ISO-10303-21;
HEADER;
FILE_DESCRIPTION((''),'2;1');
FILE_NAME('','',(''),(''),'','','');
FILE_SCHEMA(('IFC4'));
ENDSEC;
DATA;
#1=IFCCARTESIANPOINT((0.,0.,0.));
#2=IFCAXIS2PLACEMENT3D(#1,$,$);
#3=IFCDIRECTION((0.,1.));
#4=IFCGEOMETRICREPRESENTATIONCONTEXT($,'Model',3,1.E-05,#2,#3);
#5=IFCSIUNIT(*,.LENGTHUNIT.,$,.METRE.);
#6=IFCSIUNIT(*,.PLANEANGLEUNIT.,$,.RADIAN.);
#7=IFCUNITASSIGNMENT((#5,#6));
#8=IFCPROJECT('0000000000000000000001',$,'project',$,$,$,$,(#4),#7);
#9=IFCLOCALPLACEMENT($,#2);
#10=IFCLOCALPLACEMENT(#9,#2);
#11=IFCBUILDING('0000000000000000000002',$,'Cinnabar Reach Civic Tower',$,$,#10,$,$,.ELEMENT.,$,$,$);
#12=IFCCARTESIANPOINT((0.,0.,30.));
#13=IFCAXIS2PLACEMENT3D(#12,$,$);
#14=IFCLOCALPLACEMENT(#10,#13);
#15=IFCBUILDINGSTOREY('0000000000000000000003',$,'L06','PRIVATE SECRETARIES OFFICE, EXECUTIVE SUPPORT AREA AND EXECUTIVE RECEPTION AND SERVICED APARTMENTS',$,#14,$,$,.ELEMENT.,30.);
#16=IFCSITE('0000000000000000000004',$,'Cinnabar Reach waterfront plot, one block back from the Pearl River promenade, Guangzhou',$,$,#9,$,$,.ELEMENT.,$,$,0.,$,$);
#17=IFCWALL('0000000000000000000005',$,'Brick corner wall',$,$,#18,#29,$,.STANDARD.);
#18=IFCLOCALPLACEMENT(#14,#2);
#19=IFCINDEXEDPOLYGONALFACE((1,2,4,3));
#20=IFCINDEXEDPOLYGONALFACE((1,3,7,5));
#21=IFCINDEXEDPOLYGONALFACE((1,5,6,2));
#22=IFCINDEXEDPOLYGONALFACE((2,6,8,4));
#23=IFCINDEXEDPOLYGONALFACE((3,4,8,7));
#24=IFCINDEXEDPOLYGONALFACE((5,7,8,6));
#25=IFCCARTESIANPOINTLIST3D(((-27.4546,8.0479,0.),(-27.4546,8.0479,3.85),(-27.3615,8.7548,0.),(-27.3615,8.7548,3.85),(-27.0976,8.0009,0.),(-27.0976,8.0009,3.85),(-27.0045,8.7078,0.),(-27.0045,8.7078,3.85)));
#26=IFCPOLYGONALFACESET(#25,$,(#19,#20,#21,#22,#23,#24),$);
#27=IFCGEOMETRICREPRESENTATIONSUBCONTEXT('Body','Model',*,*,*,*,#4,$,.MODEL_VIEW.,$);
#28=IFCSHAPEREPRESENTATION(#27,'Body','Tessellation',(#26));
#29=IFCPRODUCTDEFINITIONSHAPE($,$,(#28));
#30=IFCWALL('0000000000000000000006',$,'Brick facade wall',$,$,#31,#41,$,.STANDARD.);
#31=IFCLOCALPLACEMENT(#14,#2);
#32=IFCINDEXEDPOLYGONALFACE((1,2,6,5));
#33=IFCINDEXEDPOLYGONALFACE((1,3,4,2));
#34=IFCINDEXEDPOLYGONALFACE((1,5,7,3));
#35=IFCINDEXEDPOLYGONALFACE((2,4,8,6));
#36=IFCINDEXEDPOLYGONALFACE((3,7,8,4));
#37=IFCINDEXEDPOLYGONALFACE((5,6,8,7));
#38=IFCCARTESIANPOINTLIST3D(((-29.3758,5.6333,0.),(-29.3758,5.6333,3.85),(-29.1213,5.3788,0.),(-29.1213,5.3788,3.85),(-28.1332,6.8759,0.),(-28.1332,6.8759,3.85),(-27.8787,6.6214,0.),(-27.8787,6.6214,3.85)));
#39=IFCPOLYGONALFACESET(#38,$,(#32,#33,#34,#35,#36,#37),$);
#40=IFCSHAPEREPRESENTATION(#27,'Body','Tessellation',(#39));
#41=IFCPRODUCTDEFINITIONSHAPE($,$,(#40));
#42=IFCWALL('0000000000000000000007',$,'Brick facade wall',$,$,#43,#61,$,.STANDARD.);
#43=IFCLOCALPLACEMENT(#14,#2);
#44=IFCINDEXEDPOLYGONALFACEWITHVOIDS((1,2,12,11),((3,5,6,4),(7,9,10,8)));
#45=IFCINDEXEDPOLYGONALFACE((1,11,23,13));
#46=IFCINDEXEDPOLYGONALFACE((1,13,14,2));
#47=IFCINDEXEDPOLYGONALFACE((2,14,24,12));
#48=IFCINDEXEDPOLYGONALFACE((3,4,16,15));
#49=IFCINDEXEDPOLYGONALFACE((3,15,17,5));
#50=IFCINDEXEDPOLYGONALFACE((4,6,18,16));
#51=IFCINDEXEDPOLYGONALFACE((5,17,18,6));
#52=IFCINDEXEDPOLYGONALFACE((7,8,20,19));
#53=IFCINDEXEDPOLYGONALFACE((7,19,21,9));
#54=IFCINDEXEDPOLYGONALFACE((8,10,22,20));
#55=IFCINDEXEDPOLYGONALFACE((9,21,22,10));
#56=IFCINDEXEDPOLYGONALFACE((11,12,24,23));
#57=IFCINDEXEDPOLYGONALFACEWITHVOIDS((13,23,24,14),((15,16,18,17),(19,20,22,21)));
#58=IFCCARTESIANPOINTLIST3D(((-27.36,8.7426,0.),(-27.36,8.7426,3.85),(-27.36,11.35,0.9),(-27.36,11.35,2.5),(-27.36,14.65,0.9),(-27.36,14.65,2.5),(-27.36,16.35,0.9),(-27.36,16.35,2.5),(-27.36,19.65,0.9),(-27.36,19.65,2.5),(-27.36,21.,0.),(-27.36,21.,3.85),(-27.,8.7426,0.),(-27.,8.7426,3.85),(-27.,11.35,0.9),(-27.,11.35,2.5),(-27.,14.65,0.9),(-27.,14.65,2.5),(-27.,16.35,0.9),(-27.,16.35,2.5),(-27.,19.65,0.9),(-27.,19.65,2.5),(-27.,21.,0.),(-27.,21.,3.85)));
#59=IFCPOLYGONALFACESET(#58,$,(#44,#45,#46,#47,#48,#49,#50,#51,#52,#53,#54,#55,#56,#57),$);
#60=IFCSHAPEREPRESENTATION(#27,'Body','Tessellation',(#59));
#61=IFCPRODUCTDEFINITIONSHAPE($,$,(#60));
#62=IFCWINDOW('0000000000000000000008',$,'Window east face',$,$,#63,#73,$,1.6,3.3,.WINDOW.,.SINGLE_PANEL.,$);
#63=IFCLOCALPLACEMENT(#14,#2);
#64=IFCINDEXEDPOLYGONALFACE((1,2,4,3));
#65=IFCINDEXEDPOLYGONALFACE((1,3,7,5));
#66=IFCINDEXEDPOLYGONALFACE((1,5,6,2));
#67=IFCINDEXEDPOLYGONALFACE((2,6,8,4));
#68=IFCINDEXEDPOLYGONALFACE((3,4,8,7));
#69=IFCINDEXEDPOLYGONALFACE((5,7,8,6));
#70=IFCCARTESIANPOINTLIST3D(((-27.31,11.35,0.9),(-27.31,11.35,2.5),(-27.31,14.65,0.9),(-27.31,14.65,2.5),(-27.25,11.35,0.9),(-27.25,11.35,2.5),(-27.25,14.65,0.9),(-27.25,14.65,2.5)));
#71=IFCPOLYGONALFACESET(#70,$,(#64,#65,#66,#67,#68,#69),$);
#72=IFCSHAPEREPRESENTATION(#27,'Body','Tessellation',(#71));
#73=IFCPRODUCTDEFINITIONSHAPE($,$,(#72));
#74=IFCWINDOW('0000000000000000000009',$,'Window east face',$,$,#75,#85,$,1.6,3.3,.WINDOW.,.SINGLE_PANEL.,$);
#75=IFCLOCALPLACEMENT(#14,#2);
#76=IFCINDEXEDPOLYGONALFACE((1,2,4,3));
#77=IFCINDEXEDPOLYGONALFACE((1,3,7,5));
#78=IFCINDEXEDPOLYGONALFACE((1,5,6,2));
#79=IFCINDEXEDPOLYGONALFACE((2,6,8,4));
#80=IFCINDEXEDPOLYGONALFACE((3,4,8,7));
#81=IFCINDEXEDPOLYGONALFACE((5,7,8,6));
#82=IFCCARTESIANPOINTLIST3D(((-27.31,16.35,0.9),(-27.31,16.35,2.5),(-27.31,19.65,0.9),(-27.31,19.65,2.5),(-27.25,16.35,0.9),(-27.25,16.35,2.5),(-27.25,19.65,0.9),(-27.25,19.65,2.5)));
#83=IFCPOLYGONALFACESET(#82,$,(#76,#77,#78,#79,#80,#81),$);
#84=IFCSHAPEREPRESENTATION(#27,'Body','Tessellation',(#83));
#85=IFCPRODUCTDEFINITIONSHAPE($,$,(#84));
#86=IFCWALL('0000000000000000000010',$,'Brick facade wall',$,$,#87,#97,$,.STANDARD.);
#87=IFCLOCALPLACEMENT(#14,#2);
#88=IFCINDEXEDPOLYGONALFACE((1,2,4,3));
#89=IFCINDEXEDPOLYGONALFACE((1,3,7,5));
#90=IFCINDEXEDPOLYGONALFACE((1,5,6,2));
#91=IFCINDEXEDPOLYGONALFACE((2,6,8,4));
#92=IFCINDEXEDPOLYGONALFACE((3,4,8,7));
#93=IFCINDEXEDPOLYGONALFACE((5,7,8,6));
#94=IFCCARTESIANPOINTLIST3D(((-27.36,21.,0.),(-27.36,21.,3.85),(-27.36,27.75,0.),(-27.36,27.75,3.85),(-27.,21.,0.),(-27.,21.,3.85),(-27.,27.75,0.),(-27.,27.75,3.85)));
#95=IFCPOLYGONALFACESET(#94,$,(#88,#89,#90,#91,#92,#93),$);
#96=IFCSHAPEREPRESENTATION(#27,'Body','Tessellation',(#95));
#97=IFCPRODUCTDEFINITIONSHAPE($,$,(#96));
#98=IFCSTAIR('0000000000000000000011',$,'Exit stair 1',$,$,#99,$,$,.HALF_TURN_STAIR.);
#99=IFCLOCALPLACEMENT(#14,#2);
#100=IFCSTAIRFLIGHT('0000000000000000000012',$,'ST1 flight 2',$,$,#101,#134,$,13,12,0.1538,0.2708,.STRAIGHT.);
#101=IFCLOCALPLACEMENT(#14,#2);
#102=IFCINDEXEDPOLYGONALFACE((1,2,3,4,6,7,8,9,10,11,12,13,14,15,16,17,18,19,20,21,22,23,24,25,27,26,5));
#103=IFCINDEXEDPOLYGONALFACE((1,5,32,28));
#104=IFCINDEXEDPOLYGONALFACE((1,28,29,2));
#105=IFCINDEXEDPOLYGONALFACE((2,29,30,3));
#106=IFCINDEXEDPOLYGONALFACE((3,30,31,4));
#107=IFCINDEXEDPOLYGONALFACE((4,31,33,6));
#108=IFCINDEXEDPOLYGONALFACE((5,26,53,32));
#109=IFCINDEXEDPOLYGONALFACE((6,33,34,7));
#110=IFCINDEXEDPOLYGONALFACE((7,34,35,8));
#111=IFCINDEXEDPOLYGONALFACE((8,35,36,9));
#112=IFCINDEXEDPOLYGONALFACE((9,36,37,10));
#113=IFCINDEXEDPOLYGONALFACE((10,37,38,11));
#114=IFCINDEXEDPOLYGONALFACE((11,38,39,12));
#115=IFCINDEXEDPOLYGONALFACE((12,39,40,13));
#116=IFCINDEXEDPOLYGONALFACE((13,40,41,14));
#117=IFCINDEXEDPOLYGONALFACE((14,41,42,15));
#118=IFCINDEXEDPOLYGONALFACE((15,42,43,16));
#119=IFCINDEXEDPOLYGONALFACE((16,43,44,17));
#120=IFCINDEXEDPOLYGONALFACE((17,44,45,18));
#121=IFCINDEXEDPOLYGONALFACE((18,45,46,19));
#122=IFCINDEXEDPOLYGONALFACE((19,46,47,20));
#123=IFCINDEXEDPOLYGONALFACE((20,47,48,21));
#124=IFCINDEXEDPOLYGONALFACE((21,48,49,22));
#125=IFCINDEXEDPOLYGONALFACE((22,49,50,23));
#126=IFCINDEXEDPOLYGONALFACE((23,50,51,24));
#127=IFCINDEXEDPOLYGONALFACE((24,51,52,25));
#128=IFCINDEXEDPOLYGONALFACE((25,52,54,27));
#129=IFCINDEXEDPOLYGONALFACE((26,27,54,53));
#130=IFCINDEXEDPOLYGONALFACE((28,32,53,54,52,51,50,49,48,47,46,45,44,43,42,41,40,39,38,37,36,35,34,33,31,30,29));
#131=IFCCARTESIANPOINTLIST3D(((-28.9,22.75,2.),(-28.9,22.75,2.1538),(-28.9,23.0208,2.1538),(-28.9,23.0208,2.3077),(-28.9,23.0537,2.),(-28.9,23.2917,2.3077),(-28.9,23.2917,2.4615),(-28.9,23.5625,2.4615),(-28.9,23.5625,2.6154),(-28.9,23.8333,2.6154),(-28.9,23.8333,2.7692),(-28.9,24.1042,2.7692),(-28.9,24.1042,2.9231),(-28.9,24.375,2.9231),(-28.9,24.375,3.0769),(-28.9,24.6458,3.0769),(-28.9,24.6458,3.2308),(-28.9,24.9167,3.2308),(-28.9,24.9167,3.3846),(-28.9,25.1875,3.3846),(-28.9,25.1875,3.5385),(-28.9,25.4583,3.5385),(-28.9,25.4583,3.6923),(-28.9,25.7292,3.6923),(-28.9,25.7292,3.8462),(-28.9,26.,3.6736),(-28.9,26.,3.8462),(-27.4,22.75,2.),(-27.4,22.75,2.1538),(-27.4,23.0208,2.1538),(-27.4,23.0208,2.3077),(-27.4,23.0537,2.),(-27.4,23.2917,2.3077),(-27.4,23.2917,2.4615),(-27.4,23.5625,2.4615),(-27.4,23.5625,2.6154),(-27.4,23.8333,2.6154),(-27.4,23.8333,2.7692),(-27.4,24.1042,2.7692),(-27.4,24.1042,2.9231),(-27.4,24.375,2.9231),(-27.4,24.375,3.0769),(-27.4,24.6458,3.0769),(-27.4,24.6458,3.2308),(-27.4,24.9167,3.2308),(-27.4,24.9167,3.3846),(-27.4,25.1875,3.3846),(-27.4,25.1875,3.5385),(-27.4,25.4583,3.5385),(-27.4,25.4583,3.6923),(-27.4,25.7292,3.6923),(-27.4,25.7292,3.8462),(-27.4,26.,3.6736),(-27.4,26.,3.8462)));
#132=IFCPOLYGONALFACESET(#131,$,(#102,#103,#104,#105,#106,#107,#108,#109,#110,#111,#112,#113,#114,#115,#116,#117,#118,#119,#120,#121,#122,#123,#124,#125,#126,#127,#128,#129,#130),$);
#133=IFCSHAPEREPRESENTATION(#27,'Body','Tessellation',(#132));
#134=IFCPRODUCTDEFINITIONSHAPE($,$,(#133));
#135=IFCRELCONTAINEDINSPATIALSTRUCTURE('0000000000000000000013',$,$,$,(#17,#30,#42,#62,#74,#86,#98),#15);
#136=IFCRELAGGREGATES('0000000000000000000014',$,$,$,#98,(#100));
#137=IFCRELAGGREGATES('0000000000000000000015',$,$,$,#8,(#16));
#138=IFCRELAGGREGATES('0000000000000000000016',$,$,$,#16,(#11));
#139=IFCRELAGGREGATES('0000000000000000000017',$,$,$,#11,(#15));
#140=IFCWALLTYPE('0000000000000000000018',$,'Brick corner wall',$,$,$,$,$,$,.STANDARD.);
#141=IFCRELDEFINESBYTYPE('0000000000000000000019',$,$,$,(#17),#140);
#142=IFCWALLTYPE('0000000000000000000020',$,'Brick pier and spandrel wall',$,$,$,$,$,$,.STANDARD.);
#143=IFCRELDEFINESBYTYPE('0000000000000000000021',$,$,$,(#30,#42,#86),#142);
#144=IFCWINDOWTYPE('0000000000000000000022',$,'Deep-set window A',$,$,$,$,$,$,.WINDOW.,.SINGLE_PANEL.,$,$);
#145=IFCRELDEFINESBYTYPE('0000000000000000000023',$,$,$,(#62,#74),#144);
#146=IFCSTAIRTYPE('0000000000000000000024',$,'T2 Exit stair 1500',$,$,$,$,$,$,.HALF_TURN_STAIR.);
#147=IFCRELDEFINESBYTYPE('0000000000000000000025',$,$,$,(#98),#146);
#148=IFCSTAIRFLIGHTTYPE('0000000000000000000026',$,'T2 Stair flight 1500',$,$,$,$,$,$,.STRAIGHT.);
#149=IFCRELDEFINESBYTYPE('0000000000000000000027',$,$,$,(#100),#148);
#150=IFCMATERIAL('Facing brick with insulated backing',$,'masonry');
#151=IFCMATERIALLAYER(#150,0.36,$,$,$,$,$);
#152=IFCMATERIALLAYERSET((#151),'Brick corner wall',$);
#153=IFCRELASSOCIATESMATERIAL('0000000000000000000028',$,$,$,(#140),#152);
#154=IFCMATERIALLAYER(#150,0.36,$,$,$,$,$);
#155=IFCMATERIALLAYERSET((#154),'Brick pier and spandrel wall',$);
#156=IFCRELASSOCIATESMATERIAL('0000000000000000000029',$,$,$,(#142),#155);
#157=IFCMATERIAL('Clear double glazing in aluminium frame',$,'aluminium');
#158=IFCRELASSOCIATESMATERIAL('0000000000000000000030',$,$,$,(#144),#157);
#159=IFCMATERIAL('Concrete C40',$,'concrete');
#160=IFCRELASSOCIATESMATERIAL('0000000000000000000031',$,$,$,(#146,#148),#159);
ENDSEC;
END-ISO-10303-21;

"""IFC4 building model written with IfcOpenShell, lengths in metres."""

from ifc_helpers import new_model, si_unit, direction, frame, frame_2d, origin, place, context, subcontext, project, spatial, polyline, rectangle, outline, extrude, material, layer, layer_set, type_object, element, fill, aggregate, save


model = new_model("IFC4")

# Units and contexts
model_context = context("Model", 3, precision=1e-05, world=origin(), true_north=direction((0.0, 1.0)))
body_context = subcontext(model_context, "Body", "Model", "MODEL_VIEW")
ifc_project = project(units=[si_unit("LENGTHUNIT", "METRE"), si_unit("PLANEANGLEUNIT", "RADIAN")], contexts=[model_context])

# Site, building, storey
site_placement = place(None, origin())
site = spatial("IfcSite", under=ifc_project, at=site_placement, Name="Cinnabar Reach waterfront plot, one block back from the Pearl River promenade, Guangzhou", CompositionType="ELEMENT", RefElevation=0.0)
building_placement = place(site_placement, origin())
building = spatial("IfcBuilding", under=site, at=building_placement, Name="Cinnabar Reach Civic Tower", CompositionType="ELEMENT")
storey_placement = place(building_placement, frame((0.0, 0.0, 30.0)))
storey = spatial("IfcBuildingStorey", under=building, at=storey_placement, Name="L06", Description="PRIVATE SECRETARIES OFFICE, EXECUTIVE SUPPORT AREA AND EXECUTIVE RECEPTION AND SERVICED APARTMENTS", CompositionType="ELEMENT", Elevation=30.0)

# Shared definitions
ifc_material_1 = material(Name="Concrete C40", Category="concrete")

# Walls
ifc_material_2 = material(Name="Facing brick with insulated backing", Category="masonry")
ifc_layer_1 = layer(ifc_material_2, 0.36)
ifc_layer_set_1 = layer_set([ifc_layer_1], Name="Brick corner wall")
wall_type_1 = type_object("IfcWallType", Name="Brick corner wall", PredefinedType="STANDARD", material=ifc_layer_set_1)
for number, where, z_axis, x_axis, name in (
    (1, (-27.2761, 8.0244, 0.0), (0.0, 0.0, 1.0), (0.130556, 0.991441, 0.0), "Brick corner wall"),
):
    element("IfcWall", number, at=place(storey_placement, frame(where, z_axis=z_axis, x_axis=x_axis)), inside=storey, type_object=wall_type_1, Name=name, PredefinedType="STANDARD", context=body_context, shape_type="SweptSolid", body=[
        extrude(rectangle(XDim=0.7131, YDim=0.36, at=frame_2d((0.3565, 0.0))), origin(), (0.0, 0.0, 1.0), 3.85),
    ])
ifc_layer_2 = layer(ifc_material_2, 0.36)
ifc_layer_set_2 = layer_set([ifc_layer_2], Name="Brick pier and spandrel wall")
wall_type_2 = type_object("IfcWallType", Name="Brick pier and spandrel wall", PredefinedType="STANDARD", material=ifc_layer_set_2)
wall_1_placement = place(storey_placement, frame((-29.2486, 5.506, 0.0), z_axis=(0.0, 0.0, 1.0), x_axis=(0.707107, 0.707107, 0.0)))
element("IfcWall", 2, at=wall_1_placement, inside=storey, type_object=wall_type_2, Name="Brick facade wall", PredefinedType="STANDARD", context=body_context, shape_type="SweptSolid", body=[
    extrude(rectangle(XDim=1.7573, YDim=0.36, at=frame_2d((0.8787, 0.0))), origin(), (0.0, 0.0, 1.0), 3.85),
])

# Wall, openings, windows
wall_2_placement = place(storey_placement, frame((-27.18, 8.7426, 0.0), z_axis=(0.0, 0.0, 1.0), x_axis=(0.0, 1.0, 0.0)))
wall_2 = element("IfcWall", 3, at=wall_2_placement, inside=storey, type_object=wall_type_2, Name="Brick facade wall", PredefinedType="STANDARD", context=body_context, shape_type="SweptSolid", body=[
    extrude(rectangle(XDim=12.2574, YDim=0.36, at=frame_2d((6.1287, 0.0))), origin(), (0.0, 0.0, 1.0), 3.85),
])
opening_1_placement = place(wall_2_placement, frame((2.6074, 0.0, 0.9)))
opening_1 = element("IfcOpeningElement", 4, at=opening_1_placement, cuts=wall_2, PredefinedType="OPENING", context=body_context, shape_type="SweptSolid", body=[
    extrude(rectangle(XDim=3.3, YDim=1.6, at=frame_2d((1.65, 0.8))), frame((0.0, 0.19, 0.0), z_axis=(0.0, -1.0, 0.0), x_axis=(1.0, 0.0, 0.0)), (0.0, 0.0, 1.0), 0.38),
])
opening_2_placement = place(wall_2_placement, frame((7.6074, 0.0, 0.9)))
opening_2 = element("IfcOpeningElement", 5, at=opening_2_placement, cuts=wall_2, PredefinedType="OPENING", context=body_context, shape_type="SweptSolid", body=[
    extrude(rectangle(XDim=3.3, YDim=1.6, at=frame_2d((1.65, 0.8))), frame((0.0, 0.19, 0.0), z_axis=(0.0, -1.0, 0.0), x_axis=(1.0, 0.0, 0.0)), (0.0, 0.0, 1.0), 0.38),
])
ifc_material_3 = material(Name="Clear double glazing in aluminium frame", Category="aluminium")
window_type = type_object("IfcWindowType", Name="Deep-set window A", PartitioningType="SINGLE_PANEL", PredefinedType="WINDOW", material=ifc_material_3)
window_1_placement = place(opening_1_placement, origin())
window_1 = element("IfcWindow", 6, at=window_1_placement, inside=storey, type_object=window_type, Name="Window east face", OverallHeight=1.6, OverallWidth=3.3, PartitioningType="SINGLE_PANEL", PredefinedType="WINDOW", context=body_context, shape_type="SweptSolid", body=[
    extrude(rectangle(XDim=3.3, YDim=1.6, at=frame_2d((1.65, 0.8))), frame((0.0, 0.13, 0.0), z_axis=(0.0, -1.0, 0.0), x_axis=(1.0, 0.0, 0.0)), (0.0, 0.0, 1.0), 0.06),
])
fill(opening_1, window_1)
window_2_placement = place(opening_2_placement, origin())
window_2 = element("IfcWindow", 7, at=window_2_placement, inside=storey, type_object=window_type, Name="Window east face", OverallHeight=1.6, OverallWidth=3.3, PartitioningType="SINGLE_PANEL", PredefinedType="WINDOW", context=body_context, shape_type="SweptSolid", body=[
    extrude(rectangle(XDim=3.3, YDim=1.6, at=frame_2d((1.65, 0.8))), frame((0.0, 0.13, 0.0), z_axis=(0.0, -1.0, 0.0), x_axis=(1.0, 0.0, 0.0)), (0.0, 0.0, 1.0), 0.06),
])
fill(opening_2, window_2)

# Wall
wall_3_placement = place(storey_placement, frame((-27.18, 21.0, 0.0), z_axis=(0.0, 0.0, 1.0), x_axis=(0.0, 1.0, 0.0)))
element("IfcWall", 8, at=wall_3_placement, inside=storey, type_object=wall_type_2, Name="Brick facade wall", PredefinedType="STANDARD", context=body_context, shape_type="SweptSolid", body=[
    extrude(rectangle(XDim=6.75, YDim=0.36, at=frame_2d((3.375, 0.0))), origin(), (0.0, 0.0, 1.0), 3.85),
])

# Stair, stair flight
stair_type = type_object("IfcStairType", Name="T2 Exit stair 1500", PredefinedType="HALF_TURN_STAIR", material=ifc_material_1)
stair_placement = place(storey_placement, origin())
stair = element("IfcStair", 9, at=stair_placement, inside=storey, type_object=stair_type, Name="Exit stair 1", PredefinedType="HALF_TURN_STAIR")
stair_flight_type = type_object("IfcStairFlightType", Name="T2 Stair flight 1500", PredefinedType="STRAIGHT", material=ifc_material_1)
stair_flight_placement = place(storey_placement, frame((-28.15, 22.75, 2.0), z_axis=(0.0, 0.0, 1.0), x_axis=(0.0, 1.0, 0.0)))
stair_flight = element("IfcStairFlight", 10, at=stair_flight_placement, type_object=stair_flight_type, Name="ST1 flight 2", NumberOfRisers=13, NumberOfTreads=12, PredefinedType="STRAIGHT", RiserHeight=0.1538, TreadLength=0.2708, context=body_context, shape_type="SweptSolid", body=[
    extrude(outline(polyline([(0.0, 0.0), (0.0, 0.1538), (0.2708, 0.1538), (0.2708, 0.3077), (0.5417, 0.3077), (0.5417, 0.4615), (0.8125, 0.4615), (0.8125, 0.6154), (1.0833, 0.6154), (1.0833, 0.7692), (1.3542, 0.7692), (1.3542, 0.9231), (1.625, 0.9231), (1.625, 1.0769), (1.8958, 1.0769), (1.8958, 1.2308), (2.1667, 1.2308), (2.1667, 1.3846), (2.4375, 1.3846), (2.4375, 1.5385), (2.7083, 1.5385), (2.7083, 1.6923), (2.9792, 1.6923), (2.9792, 1.8462), (3.25, 1.8462), (3.25, 2.0), (3.25, 1.6736), (0.3037, 0.0), (0.0, 0.0)])), frame((0.0, 0.75, 0.0), z_axis=(0.0, -1.0, 0.0), x_axis=(1.0, 0.0, 0.0)), (0.0, 0.0, 1.0), 1.5),
])
aggregate(stair, [stair_flight])

save(model, "model.ifc")
